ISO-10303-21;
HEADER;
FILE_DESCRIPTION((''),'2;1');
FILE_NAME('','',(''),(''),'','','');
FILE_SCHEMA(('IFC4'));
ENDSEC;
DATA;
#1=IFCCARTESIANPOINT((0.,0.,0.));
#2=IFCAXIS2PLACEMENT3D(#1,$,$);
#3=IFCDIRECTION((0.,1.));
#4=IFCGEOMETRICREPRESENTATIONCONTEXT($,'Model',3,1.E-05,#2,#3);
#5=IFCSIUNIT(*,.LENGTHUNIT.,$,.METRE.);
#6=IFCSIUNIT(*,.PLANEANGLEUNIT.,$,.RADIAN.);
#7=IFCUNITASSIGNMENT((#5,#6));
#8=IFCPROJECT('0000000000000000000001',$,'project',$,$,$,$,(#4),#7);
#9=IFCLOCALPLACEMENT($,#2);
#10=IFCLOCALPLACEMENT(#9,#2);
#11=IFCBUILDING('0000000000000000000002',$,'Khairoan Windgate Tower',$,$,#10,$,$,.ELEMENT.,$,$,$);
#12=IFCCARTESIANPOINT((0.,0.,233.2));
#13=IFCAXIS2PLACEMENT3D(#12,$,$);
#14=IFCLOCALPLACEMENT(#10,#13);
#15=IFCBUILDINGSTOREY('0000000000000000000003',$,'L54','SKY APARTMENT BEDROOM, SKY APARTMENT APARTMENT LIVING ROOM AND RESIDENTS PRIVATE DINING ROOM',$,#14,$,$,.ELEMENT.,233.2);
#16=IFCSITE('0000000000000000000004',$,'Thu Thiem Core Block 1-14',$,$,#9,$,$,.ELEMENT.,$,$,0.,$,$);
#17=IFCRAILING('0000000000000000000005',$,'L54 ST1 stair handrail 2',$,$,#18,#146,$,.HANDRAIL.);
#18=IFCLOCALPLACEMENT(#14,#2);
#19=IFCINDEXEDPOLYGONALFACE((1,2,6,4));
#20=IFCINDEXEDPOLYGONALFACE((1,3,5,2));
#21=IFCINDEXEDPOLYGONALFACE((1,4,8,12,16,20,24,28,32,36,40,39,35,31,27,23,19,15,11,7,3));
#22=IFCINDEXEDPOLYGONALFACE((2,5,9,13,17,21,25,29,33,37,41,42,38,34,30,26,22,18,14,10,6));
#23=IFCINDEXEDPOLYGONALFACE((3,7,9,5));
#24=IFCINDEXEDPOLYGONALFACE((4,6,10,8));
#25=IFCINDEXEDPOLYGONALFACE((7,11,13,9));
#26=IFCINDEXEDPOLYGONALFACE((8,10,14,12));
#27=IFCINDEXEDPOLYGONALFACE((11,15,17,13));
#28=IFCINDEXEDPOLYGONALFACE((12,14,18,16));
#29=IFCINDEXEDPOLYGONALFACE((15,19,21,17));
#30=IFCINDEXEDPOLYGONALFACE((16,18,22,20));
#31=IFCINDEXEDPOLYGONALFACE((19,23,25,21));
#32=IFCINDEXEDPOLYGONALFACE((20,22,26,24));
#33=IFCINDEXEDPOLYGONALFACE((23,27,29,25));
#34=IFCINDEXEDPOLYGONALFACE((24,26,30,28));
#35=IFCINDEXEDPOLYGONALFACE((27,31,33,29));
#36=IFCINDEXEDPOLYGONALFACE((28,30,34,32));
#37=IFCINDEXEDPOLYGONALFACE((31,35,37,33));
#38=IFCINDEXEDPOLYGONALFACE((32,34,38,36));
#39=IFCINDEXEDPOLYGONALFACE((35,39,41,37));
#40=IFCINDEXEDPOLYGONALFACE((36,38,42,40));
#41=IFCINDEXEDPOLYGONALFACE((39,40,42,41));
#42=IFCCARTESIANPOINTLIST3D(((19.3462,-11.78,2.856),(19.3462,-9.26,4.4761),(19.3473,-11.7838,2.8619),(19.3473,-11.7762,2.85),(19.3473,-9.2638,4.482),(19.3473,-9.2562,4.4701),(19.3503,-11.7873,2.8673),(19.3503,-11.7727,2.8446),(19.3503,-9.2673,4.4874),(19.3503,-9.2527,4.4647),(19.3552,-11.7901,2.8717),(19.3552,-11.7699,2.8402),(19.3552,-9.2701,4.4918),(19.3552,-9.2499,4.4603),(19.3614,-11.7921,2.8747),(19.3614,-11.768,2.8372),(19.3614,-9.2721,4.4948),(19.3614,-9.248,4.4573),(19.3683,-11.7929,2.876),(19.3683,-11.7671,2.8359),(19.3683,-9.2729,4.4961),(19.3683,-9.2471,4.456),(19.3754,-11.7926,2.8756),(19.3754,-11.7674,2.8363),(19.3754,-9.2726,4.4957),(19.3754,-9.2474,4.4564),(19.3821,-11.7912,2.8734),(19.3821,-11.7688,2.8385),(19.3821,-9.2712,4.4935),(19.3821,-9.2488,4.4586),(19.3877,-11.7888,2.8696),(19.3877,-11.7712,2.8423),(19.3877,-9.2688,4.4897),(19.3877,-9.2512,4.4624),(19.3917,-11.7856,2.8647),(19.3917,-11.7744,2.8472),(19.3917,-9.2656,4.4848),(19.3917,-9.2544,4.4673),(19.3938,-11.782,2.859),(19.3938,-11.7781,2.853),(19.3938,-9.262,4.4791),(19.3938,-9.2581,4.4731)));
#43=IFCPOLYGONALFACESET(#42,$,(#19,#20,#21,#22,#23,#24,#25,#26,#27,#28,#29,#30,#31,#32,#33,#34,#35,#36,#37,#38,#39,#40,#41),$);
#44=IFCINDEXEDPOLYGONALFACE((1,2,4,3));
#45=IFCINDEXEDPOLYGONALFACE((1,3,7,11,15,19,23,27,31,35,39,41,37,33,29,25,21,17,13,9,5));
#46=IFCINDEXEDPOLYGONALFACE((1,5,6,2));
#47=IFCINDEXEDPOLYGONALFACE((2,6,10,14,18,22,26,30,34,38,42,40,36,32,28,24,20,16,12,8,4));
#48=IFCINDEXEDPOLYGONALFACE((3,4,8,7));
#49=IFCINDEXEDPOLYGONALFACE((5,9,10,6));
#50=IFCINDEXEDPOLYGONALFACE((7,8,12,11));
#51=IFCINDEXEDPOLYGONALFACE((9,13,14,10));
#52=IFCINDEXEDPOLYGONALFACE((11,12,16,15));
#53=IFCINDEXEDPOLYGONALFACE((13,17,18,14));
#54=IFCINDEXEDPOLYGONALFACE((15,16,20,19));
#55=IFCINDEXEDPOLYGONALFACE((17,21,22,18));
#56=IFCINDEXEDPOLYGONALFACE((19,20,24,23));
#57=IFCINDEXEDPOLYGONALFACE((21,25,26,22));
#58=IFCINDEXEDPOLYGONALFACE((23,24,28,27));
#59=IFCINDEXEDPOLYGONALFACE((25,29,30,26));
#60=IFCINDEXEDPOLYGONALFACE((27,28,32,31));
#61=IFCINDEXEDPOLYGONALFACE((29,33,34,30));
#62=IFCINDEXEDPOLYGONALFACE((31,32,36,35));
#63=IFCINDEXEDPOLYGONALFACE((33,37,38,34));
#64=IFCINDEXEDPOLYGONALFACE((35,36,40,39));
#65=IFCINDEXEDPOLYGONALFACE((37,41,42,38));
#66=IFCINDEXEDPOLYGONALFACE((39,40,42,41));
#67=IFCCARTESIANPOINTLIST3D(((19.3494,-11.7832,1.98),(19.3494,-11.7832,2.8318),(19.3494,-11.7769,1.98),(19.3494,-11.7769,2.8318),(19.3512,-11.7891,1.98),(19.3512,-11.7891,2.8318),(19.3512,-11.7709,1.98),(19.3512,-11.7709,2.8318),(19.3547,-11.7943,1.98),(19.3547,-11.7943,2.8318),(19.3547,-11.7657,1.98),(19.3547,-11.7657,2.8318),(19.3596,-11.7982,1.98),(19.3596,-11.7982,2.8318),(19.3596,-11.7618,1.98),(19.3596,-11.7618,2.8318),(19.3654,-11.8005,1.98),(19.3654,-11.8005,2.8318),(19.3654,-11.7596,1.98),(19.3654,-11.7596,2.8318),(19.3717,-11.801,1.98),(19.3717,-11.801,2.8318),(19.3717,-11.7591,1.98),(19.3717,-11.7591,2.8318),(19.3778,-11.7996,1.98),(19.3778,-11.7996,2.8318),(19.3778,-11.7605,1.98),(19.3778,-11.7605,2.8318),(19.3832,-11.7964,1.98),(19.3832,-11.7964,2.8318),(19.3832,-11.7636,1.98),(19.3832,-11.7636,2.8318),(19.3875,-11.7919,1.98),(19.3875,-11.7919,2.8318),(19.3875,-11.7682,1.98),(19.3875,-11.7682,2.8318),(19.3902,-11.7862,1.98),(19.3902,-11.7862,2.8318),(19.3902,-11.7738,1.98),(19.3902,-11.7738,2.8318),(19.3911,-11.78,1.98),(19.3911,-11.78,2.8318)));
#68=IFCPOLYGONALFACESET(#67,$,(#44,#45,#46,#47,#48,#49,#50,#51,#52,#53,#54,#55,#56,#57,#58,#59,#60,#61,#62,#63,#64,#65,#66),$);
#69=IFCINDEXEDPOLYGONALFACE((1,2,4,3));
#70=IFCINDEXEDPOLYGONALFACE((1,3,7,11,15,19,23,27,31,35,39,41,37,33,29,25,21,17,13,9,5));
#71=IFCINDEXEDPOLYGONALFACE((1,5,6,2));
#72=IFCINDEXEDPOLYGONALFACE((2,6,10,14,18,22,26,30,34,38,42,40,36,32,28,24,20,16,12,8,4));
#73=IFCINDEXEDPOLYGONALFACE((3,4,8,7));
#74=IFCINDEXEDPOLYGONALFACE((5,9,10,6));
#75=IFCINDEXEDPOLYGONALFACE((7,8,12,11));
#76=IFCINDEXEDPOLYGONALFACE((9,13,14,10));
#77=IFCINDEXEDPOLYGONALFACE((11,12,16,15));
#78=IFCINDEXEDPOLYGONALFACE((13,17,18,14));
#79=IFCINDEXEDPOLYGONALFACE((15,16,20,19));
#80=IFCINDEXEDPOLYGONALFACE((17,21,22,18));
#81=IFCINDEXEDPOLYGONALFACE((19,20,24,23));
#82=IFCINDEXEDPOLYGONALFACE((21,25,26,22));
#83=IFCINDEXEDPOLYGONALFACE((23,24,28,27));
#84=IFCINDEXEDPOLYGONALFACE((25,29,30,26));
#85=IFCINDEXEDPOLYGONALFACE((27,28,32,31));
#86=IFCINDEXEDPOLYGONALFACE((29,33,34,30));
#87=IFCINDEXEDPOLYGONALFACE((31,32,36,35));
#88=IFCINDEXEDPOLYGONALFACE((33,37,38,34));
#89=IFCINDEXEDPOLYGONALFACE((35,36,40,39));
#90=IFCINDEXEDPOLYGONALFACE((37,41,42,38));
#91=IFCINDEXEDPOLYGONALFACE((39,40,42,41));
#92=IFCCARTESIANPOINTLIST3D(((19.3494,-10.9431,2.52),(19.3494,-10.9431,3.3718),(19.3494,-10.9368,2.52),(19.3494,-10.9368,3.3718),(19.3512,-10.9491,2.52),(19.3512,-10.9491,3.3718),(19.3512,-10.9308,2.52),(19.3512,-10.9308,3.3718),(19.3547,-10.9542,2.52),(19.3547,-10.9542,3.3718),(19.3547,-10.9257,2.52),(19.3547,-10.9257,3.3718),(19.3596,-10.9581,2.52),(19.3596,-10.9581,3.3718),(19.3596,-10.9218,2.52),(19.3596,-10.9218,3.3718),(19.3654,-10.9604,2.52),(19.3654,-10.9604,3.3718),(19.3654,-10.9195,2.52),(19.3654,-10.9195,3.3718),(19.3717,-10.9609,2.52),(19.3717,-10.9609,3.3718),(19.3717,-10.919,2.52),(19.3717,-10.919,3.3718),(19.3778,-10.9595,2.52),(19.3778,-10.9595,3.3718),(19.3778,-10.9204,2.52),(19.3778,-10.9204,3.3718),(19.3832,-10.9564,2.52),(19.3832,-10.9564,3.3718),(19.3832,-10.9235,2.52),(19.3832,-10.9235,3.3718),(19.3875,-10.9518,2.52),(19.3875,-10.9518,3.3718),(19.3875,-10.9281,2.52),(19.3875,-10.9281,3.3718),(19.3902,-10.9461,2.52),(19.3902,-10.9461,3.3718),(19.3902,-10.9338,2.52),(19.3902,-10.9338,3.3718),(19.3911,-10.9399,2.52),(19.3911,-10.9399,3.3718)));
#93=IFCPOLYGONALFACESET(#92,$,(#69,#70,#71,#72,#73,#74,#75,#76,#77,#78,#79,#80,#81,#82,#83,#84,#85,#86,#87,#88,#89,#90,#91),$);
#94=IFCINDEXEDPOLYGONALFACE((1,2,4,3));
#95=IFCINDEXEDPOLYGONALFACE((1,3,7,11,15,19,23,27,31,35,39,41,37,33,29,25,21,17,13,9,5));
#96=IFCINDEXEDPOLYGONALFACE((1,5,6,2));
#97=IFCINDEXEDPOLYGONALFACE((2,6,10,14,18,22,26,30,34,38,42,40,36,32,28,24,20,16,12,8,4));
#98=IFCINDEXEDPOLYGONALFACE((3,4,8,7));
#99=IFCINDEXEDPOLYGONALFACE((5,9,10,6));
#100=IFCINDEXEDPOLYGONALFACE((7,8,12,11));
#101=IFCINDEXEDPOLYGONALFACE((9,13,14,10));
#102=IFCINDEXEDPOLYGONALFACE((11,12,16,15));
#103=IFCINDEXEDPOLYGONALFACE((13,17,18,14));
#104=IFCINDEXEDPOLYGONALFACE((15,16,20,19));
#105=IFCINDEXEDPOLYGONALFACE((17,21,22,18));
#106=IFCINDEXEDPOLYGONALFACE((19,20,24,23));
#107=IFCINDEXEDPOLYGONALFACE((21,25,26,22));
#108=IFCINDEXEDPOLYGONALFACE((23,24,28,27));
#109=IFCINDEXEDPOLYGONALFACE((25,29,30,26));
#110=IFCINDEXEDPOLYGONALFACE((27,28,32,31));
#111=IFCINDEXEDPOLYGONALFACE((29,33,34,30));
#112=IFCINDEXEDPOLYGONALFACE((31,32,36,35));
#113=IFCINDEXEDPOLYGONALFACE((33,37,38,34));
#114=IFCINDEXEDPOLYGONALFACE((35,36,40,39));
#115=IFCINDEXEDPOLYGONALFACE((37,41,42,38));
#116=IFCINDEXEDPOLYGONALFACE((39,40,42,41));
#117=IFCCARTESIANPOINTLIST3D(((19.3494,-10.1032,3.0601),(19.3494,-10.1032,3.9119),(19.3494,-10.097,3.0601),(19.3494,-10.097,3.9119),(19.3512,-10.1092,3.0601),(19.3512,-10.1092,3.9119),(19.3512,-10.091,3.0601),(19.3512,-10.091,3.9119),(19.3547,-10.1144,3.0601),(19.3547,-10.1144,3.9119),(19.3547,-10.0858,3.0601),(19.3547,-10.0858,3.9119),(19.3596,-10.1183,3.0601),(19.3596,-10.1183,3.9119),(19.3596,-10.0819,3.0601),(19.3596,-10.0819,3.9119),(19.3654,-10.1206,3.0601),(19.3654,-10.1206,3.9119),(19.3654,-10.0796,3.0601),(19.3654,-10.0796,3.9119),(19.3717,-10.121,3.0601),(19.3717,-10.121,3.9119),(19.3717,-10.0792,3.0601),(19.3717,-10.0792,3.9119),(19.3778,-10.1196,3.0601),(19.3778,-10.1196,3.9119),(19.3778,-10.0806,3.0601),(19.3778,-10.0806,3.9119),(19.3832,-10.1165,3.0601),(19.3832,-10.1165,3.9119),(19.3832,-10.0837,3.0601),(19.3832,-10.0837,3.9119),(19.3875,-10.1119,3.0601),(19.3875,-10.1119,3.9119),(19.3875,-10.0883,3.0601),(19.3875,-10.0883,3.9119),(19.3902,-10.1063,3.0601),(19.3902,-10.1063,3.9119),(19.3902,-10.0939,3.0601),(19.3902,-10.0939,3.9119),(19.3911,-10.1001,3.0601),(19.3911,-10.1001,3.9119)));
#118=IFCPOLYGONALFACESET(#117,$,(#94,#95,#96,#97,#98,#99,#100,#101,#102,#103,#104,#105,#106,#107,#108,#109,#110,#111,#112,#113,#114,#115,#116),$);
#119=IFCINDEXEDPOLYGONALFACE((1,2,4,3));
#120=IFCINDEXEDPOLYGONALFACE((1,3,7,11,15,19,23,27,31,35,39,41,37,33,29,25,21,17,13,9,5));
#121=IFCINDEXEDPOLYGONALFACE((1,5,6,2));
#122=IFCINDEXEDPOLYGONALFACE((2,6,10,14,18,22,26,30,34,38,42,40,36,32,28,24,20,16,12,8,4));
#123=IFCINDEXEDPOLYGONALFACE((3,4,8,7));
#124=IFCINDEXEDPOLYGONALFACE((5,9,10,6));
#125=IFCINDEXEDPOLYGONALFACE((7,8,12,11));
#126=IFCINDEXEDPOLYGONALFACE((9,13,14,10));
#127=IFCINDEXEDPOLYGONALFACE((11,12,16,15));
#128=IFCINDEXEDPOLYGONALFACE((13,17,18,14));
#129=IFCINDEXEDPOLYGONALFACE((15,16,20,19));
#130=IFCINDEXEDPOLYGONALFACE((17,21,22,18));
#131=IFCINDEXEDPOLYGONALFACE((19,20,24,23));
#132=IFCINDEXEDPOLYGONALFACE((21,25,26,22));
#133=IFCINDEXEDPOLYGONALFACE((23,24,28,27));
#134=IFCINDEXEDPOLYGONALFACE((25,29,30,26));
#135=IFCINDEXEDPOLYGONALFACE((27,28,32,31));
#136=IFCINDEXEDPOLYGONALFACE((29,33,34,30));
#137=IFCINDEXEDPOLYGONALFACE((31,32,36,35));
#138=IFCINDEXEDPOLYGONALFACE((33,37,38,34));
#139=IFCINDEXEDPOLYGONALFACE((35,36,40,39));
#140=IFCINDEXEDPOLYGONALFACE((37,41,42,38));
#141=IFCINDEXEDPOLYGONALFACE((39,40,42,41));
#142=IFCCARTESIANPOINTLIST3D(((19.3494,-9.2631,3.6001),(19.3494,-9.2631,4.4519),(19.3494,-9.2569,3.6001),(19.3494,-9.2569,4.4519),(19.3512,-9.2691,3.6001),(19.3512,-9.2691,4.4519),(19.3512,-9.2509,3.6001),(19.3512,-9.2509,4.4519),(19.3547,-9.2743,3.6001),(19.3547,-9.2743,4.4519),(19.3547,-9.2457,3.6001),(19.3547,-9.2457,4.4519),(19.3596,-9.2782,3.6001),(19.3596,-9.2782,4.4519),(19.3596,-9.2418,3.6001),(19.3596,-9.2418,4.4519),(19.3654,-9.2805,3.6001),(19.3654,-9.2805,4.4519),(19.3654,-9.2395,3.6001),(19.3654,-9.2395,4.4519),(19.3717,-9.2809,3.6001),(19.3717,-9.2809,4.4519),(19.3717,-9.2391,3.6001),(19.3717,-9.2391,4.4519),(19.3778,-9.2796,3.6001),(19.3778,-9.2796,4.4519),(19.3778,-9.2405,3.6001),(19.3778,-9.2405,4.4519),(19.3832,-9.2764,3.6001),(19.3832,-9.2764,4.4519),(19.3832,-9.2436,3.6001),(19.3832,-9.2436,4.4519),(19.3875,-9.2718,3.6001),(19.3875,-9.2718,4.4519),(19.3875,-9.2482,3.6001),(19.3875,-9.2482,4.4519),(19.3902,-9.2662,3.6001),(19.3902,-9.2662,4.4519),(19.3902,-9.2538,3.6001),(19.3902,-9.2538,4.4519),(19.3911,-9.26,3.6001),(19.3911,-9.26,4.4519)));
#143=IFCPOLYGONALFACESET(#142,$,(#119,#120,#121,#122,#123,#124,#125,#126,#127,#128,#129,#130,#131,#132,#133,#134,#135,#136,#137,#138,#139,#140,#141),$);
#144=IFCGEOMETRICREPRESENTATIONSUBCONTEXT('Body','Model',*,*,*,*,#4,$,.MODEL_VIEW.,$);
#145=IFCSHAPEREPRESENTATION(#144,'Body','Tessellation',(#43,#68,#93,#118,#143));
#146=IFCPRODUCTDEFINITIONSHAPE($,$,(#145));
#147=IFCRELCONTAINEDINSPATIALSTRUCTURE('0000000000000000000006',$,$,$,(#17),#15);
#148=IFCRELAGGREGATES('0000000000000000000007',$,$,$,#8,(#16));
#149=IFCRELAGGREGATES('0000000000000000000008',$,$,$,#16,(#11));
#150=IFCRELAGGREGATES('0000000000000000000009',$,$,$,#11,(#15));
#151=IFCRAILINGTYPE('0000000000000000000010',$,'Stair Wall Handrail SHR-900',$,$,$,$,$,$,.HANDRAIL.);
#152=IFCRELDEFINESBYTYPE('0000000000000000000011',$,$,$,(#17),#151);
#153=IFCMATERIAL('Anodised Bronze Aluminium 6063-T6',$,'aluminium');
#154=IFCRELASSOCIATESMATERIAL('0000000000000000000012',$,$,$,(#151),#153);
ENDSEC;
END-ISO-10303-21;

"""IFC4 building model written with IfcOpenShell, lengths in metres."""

from ifc_helpers import new_model, si_unit, direction, frame, origin, origin_2d, place, context, subcontext, project, spatial, circle, extrude, material, type_object, element, save


model = new_model("IFC4")

# Units and contexts
model_context = context("Model", 3, precision=1e-05, world=origin(), true_north=direction((0.0, 1.0)))
body_context = subcontext(model_context, "Body", "Model", "MODEL_VIEW")
ifc_project = project(units=[si_unit("LENGTHUNIT", "METRE"), si_unit("PLANEANGLEUNIT", "RADIAN")], contexts=[model_context])

# Site, building, storey
site_placement = place(None, origin())
site = spatial("IfcSite", under=ifc_project, at=site_placement, Name="Thu Thiem Core Block 1-14", CompositionType="ELEMENT", RefElevation=0.0)
building_placement = place(site_placement, origin())
building = spatial("IfcBuilding", under=site, at=building_placement, Name="Khairoan Windgate Tower", CompositionType="ELEMENT")
storey_placement = place(building_placement, frame((0.0, 0.0, 233.2)))
storey = spatial("IfcBuildingStorey", under=building, at=storey_placement, Name="L54", Description="SKY APARTMENT BEDROOM, SKY APARTMENT APARTMENT LIVING ROOM AND RESIDENTS PRIVATE DINING ROOM", CompositionType="ELEMENT", Elevation=233.2)

# Railing
ifc_material_1 = material(Name="Anodised Bronze Aluminium 6063-T6", Category="aluminium")
railing_type_1 = type_object("IfcRailingType", Name="Stair Wall Handrail SHR-900", PredefinedType="HANDRAIL", material=ifc_material_1)
railing_1_placement = place(storey_placement, frame((19.3701, -11.78, 1.98)))
element("IfcRailing", 1, at=railing_1_placement, inside=storey, type_object=railing_type_1, Name="L54 ST1 stair handrail 2", PredefinedType="HANDRAIL", context=body_context, shape_type="SweptSolid", body=[
    extrude(circle(Radius=0.0239, at=origin_2d()), frame((0.0, 0.0, 0.876), z_axis=(0.0, 0.841163, 0.540782), x_axis=(-1.0, 0.0, 0.0)), (0.0, 0.0, 1.0), 2.9958),
    extrude(circle(Radius=0.021, at=origin_2d()), origin(), (0.0, 0.0, 1.0), 0.8518),
    extrude(circle(Radius=0.021, at=origin_2d()), frame((0.0, 0.8401, 0.54)), (0.0, 0.0, 1.0), 0.8518),
    extrude(circle(Radius=0.021, at=origin_2d()), frame((0.0, 1.6799, 1.0801)), (0.0, 0.0, 1.0), 0.8518),
    extrude(circle(Radius=0.021, at=origin_2d()), frame((0.0, 2.52, 1.6201)), (0.0, 0.0, 1.0), 0.8518),
])

save(model, "model.ifc")
